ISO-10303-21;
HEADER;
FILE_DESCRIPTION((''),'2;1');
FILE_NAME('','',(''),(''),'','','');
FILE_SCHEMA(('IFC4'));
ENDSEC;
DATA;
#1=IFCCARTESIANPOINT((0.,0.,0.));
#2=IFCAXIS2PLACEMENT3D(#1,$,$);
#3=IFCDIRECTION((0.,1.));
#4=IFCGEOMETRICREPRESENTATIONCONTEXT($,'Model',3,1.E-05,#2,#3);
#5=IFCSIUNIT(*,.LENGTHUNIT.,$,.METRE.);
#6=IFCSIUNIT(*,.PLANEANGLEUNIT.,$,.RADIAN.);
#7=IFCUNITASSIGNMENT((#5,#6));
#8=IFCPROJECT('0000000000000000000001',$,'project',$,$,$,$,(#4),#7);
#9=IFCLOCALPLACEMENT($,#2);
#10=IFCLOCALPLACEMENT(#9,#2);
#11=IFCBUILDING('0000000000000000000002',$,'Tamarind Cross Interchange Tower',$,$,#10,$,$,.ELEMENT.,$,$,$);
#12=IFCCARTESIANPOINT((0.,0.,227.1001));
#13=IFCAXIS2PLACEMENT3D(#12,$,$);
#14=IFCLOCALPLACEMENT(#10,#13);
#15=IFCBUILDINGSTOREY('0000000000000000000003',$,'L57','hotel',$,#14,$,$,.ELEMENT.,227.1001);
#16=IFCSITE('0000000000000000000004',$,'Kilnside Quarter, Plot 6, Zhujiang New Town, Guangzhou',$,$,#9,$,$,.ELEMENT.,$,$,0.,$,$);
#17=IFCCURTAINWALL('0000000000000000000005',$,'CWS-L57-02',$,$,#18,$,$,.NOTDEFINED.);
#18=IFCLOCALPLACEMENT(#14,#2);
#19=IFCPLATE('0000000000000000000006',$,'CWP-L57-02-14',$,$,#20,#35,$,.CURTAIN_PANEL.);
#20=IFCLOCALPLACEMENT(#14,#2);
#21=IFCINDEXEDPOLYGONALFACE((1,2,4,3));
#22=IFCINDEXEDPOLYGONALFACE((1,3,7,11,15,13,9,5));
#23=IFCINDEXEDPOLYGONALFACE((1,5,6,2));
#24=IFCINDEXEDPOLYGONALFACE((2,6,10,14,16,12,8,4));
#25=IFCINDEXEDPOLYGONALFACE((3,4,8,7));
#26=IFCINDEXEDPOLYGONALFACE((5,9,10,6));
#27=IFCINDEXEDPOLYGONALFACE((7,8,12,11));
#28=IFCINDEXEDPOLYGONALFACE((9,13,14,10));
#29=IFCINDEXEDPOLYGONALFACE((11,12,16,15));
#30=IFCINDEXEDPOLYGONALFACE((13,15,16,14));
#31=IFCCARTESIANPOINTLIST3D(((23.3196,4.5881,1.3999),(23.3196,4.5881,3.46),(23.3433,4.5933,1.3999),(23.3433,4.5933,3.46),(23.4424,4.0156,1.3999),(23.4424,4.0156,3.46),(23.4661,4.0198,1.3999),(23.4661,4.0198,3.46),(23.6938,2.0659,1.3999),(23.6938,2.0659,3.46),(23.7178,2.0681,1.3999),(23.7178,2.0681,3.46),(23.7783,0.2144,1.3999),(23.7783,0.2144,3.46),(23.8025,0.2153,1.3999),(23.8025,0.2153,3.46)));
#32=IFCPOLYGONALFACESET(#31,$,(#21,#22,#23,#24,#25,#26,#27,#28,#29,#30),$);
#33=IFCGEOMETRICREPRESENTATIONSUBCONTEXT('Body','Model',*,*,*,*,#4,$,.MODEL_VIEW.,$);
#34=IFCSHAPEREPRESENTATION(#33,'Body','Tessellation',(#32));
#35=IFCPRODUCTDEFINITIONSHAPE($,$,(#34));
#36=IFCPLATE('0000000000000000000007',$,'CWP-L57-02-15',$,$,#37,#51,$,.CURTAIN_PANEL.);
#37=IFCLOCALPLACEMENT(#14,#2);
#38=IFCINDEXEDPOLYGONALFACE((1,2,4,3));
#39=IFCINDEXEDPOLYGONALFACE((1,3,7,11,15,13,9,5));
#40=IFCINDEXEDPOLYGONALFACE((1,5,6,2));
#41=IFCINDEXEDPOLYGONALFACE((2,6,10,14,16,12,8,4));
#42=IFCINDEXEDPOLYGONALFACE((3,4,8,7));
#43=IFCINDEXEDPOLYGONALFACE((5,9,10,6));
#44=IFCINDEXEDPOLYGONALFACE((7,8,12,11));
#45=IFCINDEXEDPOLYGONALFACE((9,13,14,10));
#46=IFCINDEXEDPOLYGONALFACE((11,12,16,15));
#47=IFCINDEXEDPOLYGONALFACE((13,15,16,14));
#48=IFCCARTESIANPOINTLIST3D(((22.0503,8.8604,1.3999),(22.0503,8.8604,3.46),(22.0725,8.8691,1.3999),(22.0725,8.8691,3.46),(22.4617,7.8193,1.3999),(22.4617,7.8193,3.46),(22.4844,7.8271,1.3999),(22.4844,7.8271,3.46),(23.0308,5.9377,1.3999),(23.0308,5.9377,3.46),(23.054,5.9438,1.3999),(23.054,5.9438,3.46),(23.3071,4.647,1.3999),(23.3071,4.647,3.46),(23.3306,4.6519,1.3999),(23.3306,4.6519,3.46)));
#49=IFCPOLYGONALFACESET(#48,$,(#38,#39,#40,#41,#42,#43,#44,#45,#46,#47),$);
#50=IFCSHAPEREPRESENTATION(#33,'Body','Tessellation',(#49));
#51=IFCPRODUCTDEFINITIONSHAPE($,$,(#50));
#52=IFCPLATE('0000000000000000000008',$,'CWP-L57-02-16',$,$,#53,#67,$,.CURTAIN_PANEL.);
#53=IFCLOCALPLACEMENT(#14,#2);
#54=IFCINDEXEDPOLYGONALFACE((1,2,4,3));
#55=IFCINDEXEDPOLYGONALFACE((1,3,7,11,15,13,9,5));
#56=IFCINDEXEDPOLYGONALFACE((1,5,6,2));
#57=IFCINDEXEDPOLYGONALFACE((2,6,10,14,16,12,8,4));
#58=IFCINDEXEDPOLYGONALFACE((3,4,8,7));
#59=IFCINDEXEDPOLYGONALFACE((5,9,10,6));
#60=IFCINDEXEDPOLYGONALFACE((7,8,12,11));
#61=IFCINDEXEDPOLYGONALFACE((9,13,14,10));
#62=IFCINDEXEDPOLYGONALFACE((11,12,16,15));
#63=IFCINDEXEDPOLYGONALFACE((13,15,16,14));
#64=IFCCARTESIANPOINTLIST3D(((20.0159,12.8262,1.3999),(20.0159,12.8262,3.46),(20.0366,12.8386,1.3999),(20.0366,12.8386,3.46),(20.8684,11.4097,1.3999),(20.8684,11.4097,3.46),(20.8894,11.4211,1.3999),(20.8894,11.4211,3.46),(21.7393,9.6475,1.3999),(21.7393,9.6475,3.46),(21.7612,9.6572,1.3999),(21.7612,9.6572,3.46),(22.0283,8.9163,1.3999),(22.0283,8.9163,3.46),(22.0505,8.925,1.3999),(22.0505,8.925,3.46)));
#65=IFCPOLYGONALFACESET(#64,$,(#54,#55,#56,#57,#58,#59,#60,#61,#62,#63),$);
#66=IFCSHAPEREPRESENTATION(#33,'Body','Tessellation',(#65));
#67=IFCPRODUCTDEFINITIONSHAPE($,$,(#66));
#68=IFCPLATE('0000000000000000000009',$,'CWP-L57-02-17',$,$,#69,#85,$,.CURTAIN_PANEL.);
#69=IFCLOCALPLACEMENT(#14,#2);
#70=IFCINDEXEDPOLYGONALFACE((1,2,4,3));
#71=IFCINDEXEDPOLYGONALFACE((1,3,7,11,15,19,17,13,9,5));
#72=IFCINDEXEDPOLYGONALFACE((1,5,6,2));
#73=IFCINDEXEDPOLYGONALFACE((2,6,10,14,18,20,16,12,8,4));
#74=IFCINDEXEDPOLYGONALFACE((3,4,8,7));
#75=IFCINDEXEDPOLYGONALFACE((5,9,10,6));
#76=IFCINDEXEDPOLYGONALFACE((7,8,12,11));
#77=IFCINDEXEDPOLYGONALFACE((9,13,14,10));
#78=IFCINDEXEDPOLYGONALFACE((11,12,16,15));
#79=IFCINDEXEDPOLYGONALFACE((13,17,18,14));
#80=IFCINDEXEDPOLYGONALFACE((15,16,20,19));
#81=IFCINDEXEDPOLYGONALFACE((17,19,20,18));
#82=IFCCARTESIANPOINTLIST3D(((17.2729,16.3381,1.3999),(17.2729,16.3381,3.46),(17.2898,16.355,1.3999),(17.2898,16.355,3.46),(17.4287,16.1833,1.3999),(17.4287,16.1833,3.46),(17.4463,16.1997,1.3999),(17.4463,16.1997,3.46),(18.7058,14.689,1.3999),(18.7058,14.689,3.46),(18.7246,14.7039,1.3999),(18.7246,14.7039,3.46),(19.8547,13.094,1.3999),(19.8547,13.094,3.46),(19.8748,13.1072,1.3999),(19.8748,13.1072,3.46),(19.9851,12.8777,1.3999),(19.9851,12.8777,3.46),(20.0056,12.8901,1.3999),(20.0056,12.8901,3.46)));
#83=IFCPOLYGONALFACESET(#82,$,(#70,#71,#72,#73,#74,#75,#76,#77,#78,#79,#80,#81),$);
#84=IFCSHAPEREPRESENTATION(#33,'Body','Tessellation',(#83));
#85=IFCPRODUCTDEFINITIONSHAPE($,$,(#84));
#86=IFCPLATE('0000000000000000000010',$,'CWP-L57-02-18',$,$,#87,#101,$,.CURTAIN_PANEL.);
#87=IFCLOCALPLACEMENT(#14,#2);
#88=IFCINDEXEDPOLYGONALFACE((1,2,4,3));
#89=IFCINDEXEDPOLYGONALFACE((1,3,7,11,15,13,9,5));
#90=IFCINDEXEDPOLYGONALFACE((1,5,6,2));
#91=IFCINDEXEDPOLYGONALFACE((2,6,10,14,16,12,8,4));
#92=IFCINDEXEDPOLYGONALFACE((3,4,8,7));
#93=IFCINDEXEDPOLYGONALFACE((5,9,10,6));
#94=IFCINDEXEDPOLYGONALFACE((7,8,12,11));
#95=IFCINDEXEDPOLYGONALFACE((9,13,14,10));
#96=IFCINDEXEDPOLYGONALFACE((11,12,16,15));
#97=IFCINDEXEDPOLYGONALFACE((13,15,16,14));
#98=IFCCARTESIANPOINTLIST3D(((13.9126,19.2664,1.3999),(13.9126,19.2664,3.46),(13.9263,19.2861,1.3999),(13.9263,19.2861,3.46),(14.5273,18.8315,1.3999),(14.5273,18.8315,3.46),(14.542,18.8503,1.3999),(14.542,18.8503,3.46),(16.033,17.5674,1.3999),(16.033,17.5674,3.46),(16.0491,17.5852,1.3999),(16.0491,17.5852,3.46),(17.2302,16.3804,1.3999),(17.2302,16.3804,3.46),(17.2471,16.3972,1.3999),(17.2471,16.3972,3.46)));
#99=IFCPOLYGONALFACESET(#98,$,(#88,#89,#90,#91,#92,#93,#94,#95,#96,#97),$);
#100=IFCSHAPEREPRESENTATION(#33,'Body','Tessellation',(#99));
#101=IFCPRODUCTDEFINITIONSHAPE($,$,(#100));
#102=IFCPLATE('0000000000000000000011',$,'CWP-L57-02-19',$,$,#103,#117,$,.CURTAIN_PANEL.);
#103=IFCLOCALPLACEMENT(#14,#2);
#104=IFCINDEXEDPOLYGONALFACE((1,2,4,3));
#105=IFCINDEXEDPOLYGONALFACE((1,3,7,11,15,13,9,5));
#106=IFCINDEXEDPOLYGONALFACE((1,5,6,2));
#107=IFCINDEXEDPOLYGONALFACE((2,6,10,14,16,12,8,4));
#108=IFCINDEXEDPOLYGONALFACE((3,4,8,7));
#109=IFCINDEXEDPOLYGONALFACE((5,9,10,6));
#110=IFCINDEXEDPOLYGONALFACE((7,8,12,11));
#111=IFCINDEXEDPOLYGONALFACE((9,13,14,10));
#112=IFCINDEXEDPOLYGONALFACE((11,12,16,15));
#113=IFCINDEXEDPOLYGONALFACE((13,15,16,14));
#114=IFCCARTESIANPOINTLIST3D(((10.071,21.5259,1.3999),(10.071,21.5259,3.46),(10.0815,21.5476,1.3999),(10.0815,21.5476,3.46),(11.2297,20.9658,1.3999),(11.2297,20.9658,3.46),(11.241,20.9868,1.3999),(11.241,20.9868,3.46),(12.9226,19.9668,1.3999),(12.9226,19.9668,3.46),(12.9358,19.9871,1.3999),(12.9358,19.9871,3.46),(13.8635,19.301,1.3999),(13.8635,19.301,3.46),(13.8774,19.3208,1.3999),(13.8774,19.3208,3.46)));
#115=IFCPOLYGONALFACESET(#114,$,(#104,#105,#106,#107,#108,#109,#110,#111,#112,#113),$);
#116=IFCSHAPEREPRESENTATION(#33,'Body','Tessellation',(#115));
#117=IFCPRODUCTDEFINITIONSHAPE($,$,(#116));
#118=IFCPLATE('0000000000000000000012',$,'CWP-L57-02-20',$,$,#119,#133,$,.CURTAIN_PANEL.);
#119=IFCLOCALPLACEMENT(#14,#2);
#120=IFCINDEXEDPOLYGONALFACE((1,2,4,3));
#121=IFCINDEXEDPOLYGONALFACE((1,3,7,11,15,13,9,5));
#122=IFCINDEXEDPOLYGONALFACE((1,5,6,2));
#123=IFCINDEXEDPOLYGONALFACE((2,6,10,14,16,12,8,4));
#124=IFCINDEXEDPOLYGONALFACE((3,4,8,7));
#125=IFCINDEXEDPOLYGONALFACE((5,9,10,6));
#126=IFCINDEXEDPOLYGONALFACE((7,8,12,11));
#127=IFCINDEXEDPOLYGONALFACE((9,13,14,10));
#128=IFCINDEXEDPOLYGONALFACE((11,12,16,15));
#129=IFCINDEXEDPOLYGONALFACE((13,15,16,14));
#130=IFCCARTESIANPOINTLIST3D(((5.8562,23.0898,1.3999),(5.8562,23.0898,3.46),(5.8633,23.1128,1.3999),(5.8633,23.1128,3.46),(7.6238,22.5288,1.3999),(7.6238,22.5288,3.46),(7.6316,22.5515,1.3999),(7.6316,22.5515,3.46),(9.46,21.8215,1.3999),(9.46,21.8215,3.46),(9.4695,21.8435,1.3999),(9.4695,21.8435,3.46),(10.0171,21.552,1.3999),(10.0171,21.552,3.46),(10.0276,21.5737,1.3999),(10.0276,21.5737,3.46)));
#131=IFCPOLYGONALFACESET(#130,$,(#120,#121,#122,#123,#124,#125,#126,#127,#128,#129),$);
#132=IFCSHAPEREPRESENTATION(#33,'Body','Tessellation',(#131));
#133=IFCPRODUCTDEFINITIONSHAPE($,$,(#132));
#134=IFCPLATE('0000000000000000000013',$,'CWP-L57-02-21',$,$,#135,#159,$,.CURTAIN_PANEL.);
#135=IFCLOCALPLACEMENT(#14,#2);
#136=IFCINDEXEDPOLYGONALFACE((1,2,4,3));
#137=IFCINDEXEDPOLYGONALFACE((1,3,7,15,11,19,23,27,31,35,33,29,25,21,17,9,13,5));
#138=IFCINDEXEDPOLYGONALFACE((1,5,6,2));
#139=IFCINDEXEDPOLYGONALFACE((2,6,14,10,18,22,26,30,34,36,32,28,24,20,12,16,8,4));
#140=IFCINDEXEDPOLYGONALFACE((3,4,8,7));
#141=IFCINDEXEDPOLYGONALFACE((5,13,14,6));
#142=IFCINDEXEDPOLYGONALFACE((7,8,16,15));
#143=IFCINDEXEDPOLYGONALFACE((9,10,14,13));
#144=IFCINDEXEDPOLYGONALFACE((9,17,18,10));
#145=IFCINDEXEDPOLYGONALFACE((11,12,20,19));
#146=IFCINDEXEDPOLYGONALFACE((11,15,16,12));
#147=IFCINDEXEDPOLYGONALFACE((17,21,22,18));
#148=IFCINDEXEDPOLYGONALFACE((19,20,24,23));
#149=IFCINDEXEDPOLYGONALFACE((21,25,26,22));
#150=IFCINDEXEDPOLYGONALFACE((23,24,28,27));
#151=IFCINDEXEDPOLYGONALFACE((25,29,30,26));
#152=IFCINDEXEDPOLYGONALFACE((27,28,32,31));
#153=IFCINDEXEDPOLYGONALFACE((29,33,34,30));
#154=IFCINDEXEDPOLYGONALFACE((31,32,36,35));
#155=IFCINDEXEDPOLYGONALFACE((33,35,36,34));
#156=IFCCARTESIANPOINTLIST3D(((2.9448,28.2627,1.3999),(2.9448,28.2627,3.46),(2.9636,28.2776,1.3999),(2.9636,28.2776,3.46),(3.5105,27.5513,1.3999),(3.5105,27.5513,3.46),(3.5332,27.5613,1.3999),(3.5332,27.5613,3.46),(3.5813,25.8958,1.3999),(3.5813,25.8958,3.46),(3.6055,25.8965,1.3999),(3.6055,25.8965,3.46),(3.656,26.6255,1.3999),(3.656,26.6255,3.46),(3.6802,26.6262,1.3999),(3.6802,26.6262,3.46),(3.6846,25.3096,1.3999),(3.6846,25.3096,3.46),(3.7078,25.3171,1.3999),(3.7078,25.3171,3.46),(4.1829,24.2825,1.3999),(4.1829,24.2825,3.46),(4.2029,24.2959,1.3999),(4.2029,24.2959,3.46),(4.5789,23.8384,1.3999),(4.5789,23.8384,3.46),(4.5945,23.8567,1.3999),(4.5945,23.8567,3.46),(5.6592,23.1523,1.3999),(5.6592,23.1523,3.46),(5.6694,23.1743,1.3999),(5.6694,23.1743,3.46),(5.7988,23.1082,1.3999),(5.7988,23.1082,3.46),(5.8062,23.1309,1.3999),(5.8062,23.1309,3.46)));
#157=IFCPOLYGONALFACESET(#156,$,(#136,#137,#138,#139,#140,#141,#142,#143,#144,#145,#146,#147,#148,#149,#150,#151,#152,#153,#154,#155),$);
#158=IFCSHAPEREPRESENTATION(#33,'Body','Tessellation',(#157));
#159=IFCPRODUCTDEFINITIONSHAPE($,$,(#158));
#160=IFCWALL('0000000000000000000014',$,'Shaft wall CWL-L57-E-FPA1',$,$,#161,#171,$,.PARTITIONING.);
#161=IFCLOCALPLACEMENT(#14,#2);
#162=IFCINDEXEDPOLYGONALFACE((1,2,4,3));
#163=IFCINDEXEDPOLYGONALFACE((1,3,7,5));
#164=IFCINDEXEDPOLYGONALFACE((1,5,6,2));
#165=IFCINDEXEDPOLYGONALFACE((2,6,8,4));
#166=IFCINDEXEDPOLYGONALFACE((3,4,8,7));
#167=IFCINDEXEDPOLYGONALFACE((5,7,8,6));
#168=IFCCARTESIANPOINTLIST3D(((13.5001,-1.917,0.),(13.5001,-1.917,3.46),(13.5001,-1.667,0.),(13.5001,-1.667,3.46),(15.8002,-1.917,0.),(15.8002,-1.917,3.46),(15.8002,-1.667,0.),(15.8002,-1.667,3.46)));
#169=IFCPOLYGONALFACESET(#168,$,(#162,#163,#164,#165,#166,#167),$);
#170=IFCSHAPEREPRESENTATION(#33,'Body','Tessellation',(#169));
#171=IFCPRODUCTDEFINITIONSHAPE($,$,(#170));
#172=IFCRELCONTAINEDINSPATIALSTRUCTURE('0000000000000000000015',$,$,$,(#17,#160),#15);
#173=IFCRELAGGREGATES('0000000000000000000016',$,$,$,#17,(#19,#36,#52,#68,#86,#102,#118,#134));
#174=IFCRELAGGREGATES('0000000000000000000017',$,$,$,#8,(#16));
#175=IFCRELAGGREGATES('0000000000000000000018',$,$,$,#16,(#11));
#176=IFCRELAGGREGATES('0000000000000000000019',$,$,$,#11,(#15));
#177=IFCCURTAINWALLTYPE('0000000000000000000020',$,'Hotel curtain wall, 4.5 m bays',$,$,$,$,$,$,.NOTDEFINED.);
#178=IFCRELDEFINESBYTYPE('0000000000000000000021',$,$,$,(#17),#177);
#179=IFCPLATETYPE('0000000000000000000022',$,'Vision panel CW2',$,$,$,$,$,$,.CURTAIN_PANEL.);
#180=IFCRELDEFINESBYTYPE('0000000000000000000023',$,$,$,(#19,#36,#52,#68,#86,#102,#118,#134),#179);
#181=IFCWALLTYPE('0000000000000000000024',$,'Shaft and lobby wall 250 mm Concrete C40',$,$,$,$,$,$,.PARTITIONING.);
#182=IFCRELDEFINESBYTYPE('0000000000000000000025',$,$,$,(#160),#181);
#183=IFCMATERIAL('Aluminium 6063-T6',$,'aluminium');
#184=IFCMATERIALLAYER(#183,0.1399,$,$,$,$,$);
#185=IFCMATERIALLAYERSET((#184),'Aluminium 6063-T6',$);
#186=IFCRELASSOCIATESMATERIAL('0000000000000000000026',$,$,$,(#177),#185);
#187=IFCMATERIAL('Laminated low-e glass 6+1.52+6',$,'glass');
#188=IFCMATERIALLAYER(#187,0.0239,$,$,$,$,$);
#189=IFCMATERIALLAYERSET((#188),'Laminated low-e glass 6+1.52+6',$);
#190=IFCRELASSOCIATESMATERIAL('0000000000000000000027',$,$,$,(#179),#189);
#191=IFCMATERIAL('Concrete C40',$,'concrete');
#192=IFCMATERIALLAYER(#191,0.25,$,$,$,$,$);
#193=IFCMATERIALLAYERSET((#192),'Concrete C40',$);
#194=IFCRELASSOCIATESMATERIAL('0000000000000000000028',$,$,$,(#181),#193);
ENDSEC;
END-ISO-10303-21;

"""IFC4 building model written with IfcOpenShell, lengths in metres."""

from ifc_helpers import new_model, si_unit, direction, frame, frame_2d, origin, place, context, subcontext, project, spatial, polyline, rectangle, outline, extrude, material, layer, layer_set, type_object, element, aggregate, save


model = new_model("IFC4")

# Units and contexts
model_context = context("Model", 3, precision=1e-05, world=origin(), true_north=direction((0.0, 1.0)))
body_context = subcontext(model_context, "Body", "Model", "MODEL_VIEW")
ifc_project = project(units=[si_unit("LENGTHUNIT", "METRE"), si_unit("PLANEANGLEUNIT", "RADIAN")], contexts=[model_context])

# Site, building, storey
site_placement = place(None, origin())
site = spatial("IfcSite", under=ifc_project, at=site_placement, Name="Kilnside Quarter, Plot 6, Zhujiang New Town, Guangzhou", CompositionType="ELEMENT", RefElevation=0.0)
building_placement = place(site_placement, origin())
building = spatial("IfcBuilding", under=site, at=building_placement, Name="Tamarind Cross Interchange Tower", CompositionType="ELEMENT")
storey_placement = place(building_placement, frame((0.0, 0.0, 227.1001)))
storey = spatial("IfcBuildingStorey", under=building, at=storey_placement, Name="L57", Description="hotel", CompositionType="ELEMENT", Elevation=227.1001)

# Curtain wall, plates
ifc_material_1 = material(Name="Aluminium 6063-T6", Category="aluminium")
ifc_layer_1 = layer(ifc_material_1, 0.1399)
ifc_layer_set_1 = layer_set([ifc_layer_1], Name="Aluminium 6063-T6")
curtain_wall_type = type_object("IfcCurtainWallType", Name="Hotel curtain wall, 4.5 m bays", PredefinedType="NOTDEFINED", material=ifc_layer_set_1)
curtain_wall_placement = place(storey_placement, origin())
curtain_wall = element("IfcCurtainWall", 1, at=curtain_wall_placement, inside=storey, type_object=curtain_wall_type, Name="CWS-L57-02", PredefinedType="NOTDEFINED")
ifc_material_2 = material(Name="Laminated low-e glass 6+1.52+6", Category="glass")
ifc_layer_2 = layer(ifc_material_2, 0.0239)
ifc_layer_set_2 = layer_set([ifc_layer_2], Name="Laminated low-e glass 6+1.52+6")
plate_type = type_object("IfcPlateType", Name="Vision panel CW2", PredefinedType="CURTAIN_PANEL", material=ifc_layer_set_2)
plate_1_placement = place(storey_placement, frame((0.0, 0.0, 1.3999)))
plate_1 = element("IfcPlate", 2, at=plate_1_placement, type_object=plate_type, Name="CWP-L57-02-14", PredefinedType="CURTAIN_PANEL", context=body_context, shape_type="SweptSolid", body=[
    extrude(outline(polyline([(23.7783, 0.2144), (23.6938, 2.0659), (23.4424, 4.0156), (23.3196, 4.5881), (23.3433, 4.5933), (23.4661, 4.0198), (23.7178, 2.0681), (23.8025, 0.2153), (23.7783, 0.2144)])), origin(), (0.0, 0.0, 1.0), 2.0601),
])
plate_2_placement = place(storey_placement, frame((0.0, 0.0, 1.3999)))
plate_2 = element("IfcPlate", 3, at=plate_2_placement, type_object=plate_type, Name="CWP-L57-02-15", PredefinedType="CURTAIN_PANEL", context=body_context, shape_type="SweptSolid", body=[
    extrude(outline(polyline([(23.3071, 4.647), (23.0308, 5.9377), (22.4617, 7.8193), (22.0503, 8.8604), (22.0725, 8.8691), (22.4844, 7.8271), (23.054, 5.9438), (23.3306, 4.6519), (23.3071, 4.647)])), origin(), (0.0, 0.0, 1.0), 2.0601),
])
plate_3_placement = place(storey_placement, frame((0.0, 0.0, 1.3999)))
plate_3 = element("IfcPlate", 4, at=plate_3_placement, type_object=plate_type, Name="CWP-L57-02-16", PredefinedType="CURTAIN_PANEL", context=body_context, shape_type="SweptSolid", body=[
    extrude(outline(polyline([(22.0283, 8.9163), (21.7393, 9.6475), (20.8684, 11.4097), (20.0159, 12.8262), (20.0366, 12.8386), (20.8894, 11.4211), (21.7612, 9.6572), (22.0505, 8.925), (22.0283, 8.9163)])), origin(), (0.0, 0.0, 1.0), 2.0601),
])
plate_4_placement = place(storey_placement, frame((0.0, 0.0, 1.3999)))
plate_4 = element("IfcPlate", 5, at=plate_4_placement, type_object=plate_type, Name="CWP-L57-02-17", PredefinedType="CURTAIN_PANEL", context=body_context, shape_type="SweptSolid", body=[
    extrude(outline(polyline([(19.9851, 12.8777), (19.8547, 13.094), (18.7058, 14.689), (17.4287, 16.1833), (17.2729, 16.3381), (17.2898, 16.355), (17.4463, 16.1997), (18.7246, 14.7039), (19.8748, 13.1072), (20.0056, 12.8901), (19.9851, 12.8777)])), origin(), (0.0, 0.0, 1.0), 2.0601),
])
plate_5_placement = place(storey_placement, frame((0.0, 0.0, 1.3999)))
plate_5 = element("IfcPlate", 6, at=plate_5_placement, type_object=plate_type, Name="CWP-L57-02-18", PredefinedType="CURTAIN_PANEL", context=body_context, shape_type="SweptSolid", body=[
    extrude(outline(polyline([(17.2302, 16.3804), (16.033, 17.5674), (14.5273, 18.8315), (13.9126, 19.2664), (13.9263, 19.2861), (14.542, 18.8503), (16.0491, 17.5852), (17.2471, 16.3972), (17.2302, 16.3804)])), origin(), (0.0, 0.0, 1.0), 2.0601),
])
plate_6_placement = place(storey_placement, frame((0.0, 0.0, 1.3999)))
plate_6 = element("IfcPlate", 7, at=plate_6_placement, type_object=plate_type, Name="CWP-L57-02-19", PredefinedType="CURTAIN_PANEL", context=body_context, shape_type="SweptSolid", body=[
    extrude(outline(polyline([(13.8635, 19.301), (12.9226, 19.9668), (11.2297, 20.9658), (10.071, 21.5259), (10.0815, 21.5476), (11.241, 20.9868), (12.9358, 19.9871), (13.8774, 19.3208), (13.8635, 19.301)])), origin(), (0.0, 0.0, 1.0), 2.0601),
])
plate_7_placement = place(storey_placement, frame((0.0, 0.0, 1.3999)))
plate_7 = element("IfcPlate", 8, at=plate_7_placement, type_object=plate_type, Name="CWP-L57-02-20", PredefinedType="CURTAIN_PANEL", context=body_context, shape_type="SweptSolid", body=[
    extrude(outline(polyline([(10.0171, 21.552), (9.46, 21.8215), (7.6238, 22.5288), (5.8562, 23.0898), (5.8633, 23.1128), (7.6316, 22.5515), (9.4695, 21.8435), (10.0276, 21.5737), (10.0171, 21.552)])), origin(), (0.0, 0.0, 1.0), 2.0601),
])
plate_8_placement = place(storey_placement, frame((0.0, 0.0, 1.3999)))
plate_8 = element("IfcPlate", 9, at=plate_8_placement, type_object=plate_type, Name="CWP-L57-02-21", PredefinedType="CURTAIN_PANEL", context=body_context, shape_type="SweptSolid", body=[
    extrude(outline(polyline([(5.7988, 23.1082), (5.6592, 23.1523), (4.5789, 23.8384), (4.1829, 24.2825), (3.6846, 25.3096), (3.5813, 25.8958), (3.656, 26.6255), (3.5105, 27.5513), (2.9448, 28.2627), (2.9636, 28.2776), (3.5332, 27.5613), (3.6802, 26.6262), (3.6055, 25.8965), (3.7078, 25.3171), (4.2029, 24.2959), (4.5945, 23.8567), (5.6694, 23.1743), (5.8062, 23.1309), (5.7988, 23.1082)])), origin(), (0.0, 0.0, 1.0), 2.0601),
])
aggregate(curtain_wall, [plate_1, plate_2, plate_3, plate_4, plate_5, plate_6, plate_7, plate_8])

# Wall
ifc_material_3 = material(Name="Concrete C40", Category="concrete")
ifc_layer_3 = layer(ifc_material_3, 0.25)
ifc_layer_set_3 = layer_set([ifc_layer_3], Name="Concrete C40")
wall_type = type_object("IfcWallType", Name="Shaft and lobby wall 250 mm Concrete C40", PredefinedType="PARTITIONING", material=ifc_layer_set_3)
wall_placement = place(storey_placement, frame((15.8, -1.792, 0.0), z_axis=(0.0, 0.0, 1.0), x_axis=(-1.0, 0.0, 0.0)))
element("IfcWall", 10, at=wall_placement, inside=storey, type_object=wall_type, Name="Shaft wall CWL-L57-E-FPA1", PredefinedType="PARTITIONING", context=body_context, shape_type="SweptSolid", body=[
    extrude(rectangle(XDim=2.3, YDim=0.25, at=frame_2d((1.1499, 0.0))), origin(), (0.0, 0.0, 1.0), 3.46),
])

save(model, "model.ifc")
